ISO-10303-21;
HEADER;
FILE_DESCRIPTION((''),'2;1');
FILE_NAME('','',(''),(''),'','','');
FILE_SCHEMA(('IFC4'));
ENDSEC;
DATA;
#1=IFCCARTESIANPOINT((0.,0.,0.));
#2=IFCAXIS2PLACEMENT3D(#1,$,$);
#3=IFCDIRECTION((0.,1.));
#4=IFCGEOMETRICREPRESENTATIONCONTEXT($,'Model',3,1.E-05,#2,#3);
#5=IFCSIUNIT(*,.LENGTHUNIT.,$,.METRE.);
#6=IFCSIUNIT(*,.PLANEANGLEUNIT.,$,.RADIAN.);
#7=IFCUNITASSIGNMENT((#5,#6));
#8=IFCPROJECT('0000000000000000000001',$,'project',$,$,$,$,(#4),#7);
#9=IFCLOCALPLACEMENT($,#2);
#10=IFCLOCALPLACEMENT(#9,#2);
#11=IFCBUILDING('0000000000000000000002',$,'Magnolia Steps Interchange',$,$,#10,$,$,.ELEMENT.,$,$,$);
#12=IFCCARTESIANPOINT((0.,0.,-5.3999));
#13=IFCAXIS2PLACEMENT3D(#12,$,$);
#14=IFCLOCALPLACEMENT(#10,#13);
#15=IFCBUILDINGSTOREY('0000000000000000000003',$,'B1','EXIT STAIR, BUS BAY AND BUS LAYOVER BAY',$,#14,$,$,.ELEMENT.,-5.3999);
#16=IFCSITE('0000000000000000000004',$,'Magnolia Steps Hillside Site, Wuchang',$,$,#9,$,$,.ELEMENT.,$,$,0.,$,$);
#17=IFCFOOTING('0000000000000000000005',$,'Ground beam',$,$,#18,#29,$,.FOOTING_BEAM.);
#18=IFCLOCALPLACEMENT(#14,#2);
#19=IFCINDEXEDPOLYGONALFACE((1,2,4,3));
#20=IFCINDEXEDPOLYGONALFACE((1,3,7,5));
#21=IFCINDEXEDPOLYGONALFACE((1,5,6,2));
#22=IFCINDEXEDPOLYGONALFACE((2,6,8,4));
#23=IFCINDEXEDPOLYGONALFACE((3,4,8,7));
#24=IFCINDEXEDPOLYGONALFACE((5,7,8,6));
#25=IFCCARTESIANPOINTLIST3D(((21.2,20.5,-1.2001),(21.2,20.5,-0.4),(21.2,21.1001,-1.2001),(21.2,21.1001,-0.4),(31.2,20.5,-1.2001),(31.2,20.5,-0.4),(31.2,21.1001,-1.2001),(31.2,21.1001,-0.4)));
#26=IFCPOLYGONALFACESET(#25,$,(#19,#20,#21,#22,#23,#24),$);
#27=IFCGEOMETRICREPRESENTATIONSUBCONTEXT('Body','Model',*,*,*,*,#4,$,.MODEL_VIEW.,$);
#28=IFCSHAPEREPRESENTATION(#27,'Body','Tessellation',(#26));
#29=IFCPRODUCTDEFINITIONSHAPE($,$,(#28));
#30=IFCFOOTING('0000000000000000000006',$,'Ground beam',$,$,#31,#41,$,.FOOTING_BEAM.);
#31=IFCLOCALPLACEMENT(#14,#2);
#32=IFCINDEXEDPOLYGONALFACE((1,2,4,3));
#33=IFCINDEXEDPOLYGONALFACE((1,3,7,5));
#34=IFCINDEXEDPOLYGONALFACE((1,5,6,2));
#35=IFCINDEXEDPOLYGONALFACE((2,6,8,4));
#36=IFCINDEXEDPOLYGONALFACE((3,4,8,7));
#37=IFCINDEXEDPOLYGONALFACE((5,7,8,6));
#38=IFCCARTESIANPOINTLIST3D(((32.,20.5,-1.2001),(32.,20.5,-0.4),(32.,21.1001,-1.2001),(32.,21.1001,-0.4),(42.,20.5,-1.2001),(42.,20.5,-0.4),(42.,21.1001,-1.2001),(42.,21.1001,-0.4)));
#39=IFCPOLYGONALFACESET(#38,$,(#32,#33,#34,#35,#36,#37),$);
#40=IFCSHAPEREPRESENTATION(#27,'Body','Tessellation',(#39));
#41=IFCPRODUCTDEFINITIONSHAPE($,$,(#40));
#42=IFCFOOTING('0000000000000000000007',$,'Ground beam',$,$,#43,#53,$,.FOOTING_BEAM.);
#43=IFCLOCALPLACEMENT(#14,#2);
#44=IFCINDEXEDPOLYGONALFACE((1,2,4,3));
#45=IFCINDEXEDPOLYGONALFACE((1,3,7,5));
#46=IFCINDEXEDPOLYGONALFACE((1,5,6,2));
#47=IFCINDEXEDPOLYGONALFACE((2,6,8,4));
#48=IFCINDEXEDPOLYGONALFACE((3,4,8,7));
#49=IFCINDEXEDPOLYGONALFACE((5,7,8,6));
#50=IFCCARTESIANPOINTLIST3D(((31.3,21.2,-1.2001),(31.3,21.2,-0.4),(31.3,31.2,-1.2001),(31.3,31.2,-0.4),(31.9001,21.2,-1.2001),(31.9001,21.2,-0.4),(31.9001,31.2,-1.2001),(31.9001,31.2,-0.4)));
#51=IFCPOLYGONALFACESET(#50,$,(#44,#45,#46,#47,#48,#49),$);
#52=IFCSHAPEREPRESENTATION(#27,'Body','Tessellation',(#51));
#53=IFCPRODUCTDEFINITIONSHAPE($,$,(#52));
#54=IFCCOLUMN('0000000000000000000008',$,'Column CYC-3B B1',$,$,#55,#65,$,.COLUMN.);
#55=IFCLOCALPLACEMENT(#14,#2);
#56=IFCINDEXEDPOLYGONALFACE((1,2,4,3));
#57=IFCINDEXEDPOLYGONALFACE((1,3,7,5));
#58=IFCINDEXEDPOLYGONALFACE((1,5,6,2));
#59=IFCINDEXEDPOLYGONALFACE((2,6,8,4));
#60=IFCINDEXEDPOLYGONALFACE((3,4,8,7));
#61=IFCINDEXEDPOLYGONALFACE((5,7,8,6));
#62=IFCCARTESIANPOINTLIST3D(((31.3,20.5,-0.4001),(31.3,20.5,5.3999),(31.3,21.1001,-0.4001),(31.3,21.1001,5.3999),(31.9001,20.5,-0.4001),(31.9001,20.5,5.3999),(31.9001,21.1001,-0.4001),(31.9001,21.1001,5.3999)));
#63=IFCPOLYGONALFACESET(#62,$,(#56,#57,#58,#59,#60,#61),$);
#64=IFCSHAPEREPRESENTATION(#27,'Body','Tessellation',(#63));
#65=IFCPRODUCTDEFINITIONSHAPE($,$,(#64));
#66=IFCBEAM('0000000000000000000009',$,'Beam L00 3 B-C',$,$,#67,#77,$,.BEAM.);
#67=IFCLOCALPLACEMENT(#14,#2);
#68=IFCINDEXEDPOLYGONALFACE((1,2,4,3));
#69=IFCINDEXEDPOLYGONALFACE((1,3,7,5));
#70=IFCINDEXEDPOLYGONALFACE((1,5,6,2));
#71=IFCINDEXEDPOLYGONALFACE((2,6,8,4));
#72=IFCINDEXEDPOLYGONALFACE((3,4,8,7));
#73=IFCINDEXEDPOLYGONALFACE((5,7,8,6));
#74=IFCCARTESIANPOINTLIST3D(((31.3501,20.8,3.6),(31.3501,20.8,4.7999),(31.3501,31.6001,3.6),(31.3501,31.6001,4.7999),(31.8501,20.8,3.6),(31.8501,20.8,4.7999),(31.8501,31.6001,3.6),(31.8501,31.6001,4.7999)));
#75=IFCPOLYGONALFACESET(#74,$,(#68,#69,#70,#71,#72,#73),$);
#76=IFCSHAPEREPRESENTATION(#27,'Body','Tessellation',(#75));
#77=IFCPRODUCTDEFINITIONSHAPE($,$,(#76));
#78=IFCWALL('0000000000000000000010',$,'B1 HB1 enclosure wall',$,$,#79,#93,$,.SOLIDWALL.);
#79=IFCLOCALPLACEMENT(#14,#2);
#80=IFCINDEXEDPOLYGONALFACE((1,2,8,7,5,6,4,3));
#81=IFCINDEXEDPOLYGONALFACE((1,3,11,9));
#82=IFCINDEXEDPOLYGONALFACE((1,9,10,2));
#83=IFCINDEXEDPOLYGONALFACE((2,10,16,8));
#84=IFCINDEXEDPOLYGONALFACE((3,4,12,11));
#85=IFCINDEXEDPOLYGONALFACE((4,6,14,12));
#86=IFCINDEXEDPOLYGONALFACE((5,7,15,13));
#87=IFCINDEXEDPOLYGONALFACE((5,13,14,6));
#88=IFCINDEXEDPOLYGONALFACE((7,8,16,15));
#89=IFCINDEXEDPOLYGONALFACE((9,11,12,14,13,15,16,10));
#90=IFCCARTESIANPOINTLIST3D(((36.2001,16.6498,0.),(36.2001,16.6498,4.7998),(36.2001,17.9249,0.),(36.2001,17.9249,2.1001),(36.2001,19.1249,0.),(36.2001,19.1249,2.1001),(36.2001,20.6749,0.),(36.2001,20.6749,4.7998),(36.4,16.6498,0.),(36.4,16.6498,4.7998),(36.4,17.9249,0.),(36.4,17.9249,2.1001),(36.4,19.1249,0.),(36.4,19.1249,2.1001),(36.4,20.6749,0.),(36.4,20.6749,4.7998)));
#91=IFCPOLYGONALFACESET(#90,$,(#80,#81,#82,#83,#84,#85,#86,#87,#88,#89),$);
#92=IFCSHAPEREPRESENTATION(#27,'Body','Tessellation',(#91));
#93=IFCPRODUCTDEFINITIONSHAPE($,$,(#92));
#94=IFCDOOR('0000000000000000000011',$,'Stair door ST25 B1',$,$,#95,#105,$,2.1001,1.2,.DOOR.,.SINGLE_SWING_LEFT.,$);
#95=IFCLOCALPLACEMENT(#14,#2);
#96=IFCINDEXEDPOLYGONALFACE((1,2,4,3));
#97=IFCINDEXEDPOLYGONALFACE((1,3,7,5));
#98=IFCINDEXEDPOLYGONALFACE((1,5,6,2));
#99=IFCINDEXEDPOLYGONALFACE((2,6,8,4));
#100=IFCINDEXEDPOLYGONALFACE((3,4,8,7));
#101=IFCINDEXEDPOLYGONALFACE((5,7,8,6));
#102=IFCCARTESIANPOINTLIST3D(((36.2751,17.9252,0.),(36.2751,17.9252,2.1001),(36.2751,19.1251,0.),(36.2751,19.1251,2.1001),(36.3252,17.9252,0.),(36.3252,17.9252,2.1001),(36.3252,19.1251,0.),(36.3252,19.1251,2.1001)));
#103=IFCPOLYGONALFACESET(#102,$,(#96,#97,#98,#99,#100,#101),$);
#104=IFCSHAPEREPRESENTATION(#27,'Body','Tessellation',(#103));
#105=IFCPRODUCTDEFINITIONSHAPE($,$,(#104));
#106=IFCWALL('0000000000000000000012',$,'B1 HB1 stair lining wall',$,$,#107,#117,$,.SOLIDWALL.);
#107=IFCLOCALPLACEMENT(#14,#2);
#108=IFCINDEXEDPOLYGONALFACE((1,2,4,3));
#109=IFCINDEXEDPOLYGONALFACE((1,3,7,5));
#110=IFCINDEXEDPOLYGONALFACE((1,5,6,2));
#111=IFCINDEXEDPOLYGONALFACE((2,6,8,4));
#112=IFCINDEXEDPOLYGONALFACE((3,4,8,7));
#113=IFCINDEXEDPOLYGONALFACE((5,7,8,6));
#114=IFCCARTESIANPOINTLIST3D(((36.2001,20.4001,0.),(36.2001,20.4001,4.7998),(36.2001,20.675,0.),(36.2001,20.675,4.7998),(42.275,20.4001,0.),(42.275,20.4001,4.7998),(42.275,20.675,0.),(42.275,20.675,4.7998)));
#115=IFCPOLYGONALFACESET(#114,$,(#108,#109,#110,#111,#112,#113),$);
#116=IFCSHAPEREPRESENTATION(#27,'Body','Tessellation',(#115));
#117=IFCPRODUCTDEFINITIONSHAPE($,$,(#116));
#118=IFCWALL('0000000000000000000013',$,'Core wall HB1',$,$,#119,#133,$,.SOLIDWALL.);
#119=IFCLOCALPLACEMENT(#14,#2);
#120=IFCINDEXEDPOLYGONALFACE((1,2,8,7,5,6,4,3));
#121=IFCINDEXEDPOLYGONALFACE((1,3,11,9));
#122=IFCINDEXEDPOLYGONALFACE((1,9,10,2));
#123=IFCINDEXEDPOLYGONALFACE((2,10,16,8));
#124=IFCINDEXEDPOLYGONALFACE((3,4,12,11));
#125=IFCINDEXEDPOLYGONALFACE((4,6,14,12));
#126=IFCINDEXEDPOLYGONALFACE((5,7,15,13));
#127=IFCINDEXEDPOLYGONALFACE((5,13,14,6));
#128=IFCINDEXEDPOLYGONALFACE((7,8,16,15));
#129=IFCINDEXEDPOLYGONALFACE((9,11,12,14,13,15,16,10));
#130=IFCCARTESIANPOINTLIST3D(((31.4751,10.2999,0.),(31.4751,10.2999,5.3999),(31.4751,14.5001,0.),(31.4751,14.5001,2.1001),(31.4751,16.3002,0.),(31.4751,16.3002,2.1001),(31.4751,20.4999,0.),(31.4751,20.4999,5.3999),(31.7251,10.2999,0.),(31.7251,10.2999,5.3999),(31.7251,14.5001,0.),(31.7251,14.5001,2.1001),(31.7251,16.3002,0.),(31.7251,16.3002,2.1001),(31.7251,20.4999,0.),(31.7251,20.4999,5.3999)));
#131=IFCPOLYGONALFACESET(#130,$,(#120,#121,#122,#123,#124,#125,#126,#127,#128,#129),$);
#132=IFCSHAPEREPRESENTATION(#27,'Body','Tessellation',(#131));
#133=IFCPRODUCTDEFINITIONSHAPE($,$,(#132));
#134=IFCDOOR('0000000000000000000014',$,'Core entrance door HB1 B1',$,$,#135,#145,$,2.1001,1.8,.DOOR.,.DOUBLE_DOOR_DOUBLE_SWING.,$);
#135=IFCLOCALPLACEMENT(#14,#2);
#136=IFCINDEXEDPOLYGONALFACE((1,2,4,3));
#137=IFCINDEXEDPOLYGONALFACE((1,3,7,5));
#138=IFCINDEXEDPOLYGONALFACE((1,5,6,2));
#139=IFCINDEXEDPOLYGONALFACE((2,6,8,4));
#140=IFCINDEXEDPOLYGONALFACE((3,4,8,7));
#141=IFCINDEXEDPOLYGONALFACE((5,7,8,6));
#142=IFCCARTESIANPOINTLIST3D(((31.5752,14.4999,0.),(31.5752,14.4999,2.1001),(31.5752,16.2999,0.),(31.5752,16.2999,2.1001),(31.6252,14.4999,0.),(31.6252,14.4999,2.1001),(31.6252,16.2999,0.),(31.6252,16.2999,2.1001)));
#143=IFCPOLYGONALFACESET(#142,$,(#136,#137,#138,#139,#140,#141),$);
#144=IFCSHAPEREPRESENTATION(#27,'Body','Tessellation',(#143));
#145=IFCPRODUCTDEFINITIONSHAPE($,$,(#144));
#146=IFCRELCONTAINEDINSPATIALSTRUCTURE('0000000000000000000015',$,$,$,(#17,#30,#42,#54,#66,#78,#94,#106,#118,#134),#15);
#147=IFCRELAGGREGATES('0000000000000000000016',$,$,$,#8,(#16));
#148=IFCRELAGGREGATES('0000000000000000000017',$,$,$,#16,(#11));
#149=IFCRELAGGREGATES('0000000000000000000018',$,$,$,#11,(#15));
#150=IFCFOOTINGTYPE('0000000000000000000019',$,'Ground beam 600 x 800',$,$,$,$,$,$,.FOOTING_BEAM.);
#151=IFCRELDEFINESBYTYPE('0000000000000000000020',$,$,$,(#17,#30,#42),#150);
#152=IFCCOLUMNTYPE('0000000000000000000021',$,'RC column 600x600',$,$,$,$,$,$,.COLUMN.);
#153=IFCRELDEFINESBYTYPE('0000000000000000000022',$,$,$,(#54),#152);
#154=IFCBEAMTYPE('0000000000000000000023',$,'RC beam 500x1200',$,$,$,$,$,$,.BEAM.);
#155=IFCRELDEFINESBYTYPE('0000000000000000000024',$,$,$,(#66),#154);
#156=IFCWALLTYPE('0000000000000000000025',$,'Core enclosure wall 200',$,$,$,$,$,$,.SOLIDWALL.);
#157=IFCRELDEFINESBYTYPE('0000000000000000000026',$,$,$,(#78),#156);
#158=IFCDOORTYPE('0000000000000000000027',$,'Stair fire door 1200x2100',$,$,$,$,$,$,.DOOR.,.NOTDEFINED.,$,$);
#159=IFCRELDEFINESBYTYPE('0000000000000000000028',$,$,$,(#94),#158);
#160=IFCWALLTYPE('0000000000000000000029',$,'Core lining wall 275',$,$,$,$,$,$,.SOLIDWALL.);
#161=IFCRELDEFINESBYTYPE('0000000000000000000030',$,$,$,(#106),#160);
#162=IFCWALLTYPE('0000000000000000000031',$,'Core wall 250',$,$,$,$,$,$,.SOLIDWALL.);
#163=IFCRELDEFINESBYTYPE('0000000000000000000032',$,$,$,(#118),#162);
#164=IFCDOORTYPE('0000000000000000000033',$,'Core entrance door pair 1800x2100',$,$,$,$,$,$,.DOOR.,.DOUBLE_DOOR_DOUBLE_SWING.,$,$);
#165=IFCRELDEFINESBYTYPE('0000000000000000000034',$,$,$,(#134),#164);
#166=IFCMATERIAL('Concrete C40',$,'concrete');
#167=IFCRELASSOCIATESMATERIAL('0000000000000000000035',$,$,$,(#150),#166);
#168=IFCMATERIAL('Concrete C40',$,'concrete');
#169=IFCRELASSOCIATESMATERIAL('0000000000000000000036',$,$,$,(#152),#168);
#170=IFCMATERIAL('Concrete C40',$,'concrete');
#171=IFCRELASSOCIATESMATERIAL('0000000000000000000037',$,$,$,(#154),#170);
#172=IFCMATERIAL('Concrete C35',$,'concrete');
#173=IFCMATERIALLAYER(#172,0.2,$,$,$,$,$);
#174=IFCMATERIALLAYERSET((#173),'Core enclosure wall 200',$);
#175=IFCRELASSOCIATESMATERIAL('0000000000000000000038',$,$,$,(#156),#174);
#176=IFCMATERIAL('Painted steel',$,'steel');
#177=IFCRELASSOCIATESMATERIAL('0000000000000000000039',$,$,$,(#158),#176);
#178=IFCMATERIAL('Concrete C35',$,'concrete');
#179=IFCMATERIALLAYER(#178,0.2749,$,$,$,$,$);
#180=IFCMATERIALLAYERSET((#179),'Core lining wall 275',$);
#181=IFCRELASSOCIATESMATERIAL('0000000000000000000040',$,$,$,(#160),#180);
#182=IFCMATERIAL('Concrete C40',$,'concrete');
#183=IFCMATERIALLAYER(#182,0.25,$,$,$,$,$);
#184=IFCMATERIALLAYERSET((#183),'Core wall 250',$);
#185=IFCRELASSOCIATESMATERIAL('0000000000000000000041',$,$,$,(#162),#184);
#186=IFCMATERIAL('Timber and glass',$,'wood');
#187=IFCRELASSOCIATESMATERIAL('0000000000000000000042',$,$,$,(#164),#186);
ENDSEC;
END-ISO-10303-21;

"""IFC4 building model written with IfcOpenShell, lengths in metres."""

from ifc_helpers import new_model, si_unit, direction, frame, frame_2d, origin, origin_2d, place, context, subcontext, project, spatial, rectangle, extrude, material, layer, layer_set, material_profile, profile_set, type_object, element, fill, save


model = new_model("IFC4")

# Units and contexts
model_context = context("Model", 3, precision=1e-05, world=origin(), true_north=direction((0.0, 1.0)))
body_context = subcontext(model_context, "Body", "Model", "MODEL_VIEW")
ifc_project = project(units=[si_unit("LENGTHUNIT", "METRE"), si_unit("PLANEANGLEUNIT", "RADIAN")], contexts=[model_context])

# Site, building, storey
site_placement = place(None, origin())
site = spatial("IfcSite", under=ifc_project, at=site_placement, Name="Magnolia Steps Hillside Site, Wuchang", CompositionType="ELEMENT", RefElevation=0.0)
building_placement = place(site_placement, origin())
building = spatial("IfcBuilding", under=site, at=building_placement, Name="Magnolia Steps Interchange", CompositionType="ELEMENT")
storey_placement = place(building_placement, frame((0.0, 0.0, -5.3999)))
storey = spatial("IfcBuildingStorey", under=building, at=storey_placement, Name="B1", Description="EXIT STAIR, BUS BAY AND BUS LAYOVER BAY", CompositionType="ELEMENT", Elevation=-5.3999)

# Footings
ifc_material_1 = material(Name="Concrete C40", Category="concrete")
ifc_material_profile_1 = material_profile(ifc_material_1, rectangle(XDim=0.6001, YDim=0.8, at=origin_2d()), Name="RC600x800")
ifc_profile_set_1 = profile_set([ifc_material_profile_1], Name="Concrete C40")
footing_type = type_object("IfcFootingType", Name="Ground beam 600 x 800", PredefinedType="FOOTING_BEAM", material=ifc_profile_set_1)
for number, where, z_axis, x_axis, name in (
    (1, (21.2, 20.8, -0.8), (1.0, 0.0, 0.0), (0.0, 1.0, 0.0), "Ground beam"),
    (2, (32.0, 20.8, -0.8), (1.0, 0.0, 0.0), (0.0, 1.0, 0.0), "Ground beam"),
    (3, (31.6001, 21.2, -0.8), (0.0, 1.0, 0.0), (-1.0, 0.0, 0.0), "Ground beam"),
):
    element("IfcFooting", number, at=place(storey_placement, frame(where, z_axis=z_axis, x_axis=x_axis)), inside=storey, type_object=footing_type, Name=name, PredefinedType="FOOTING_BEAM", context=body_context, shape_type="SweptSolid", body=[
        extrude(rectangle(XDim=0.6001, YDim=0.8, at=origin_2d()), origin(), (0.0, 0.0, 1.0), 10.0),
    ])

# Column
ifc_material_2 = material(Name="Concrete C40", Category="concrete")
ifc_material_profile_2 = material_profile(ifc_material_2, rectangle(XDim=0.6001, YDim=0.6001, at=origin_2d()), Name="RC600x600")
ifc_profile_set_2 = profile_set([ifc_material_profile_2], Name="Concrete C40")
column_type = type_object("IfcColumnType", Name="RC column 600x600", PredefinedType="COLUMN", material=ifc_profile_set_2)
column_placement = place(storey_placement, frame((31.6001, 20.8, -0.4001), z_axis=(0.0, 0.0, 1.0), x_axis=(1.0, 0.0, 0.0)))
element("IfcColumn", 4, at=column_placement, inside=storey, type_object=column_type, Name="Column CYC-3B B1", PredefinedType="COLUMN", context=body_context, shape_type="SweptSolid", body=[
    extrude(rectangle(XDim=0.6001, YDim=0.6001, at=origin_2d()), origin(), (0.0, 0.0, 1.0), 5.8),
])

# Beam
ifc_material_3 = material(Name="Concrete C40", Category="concrete")
ifc_material_profile_3 = material_profile(ifc_material_3, rectangle(XDim=0.5, YDim=1.2, at=origin_2d()), Name="RC500x1200")
ifc_profile_set_3 = profile_set([ifc_material_profile_3], Name="Concrete C40")
beam_type = type_object("IfcBeamType", Name="RC beam 500x1200", PredefinedType="BEAM", material=ifc_profile_set_3)
beam_placement = place(storey_placement, frame((31.6001, 20.8, 4.2), z_axis=(0.0, 1.0, 0.0), x_axis=(-1.0, 0.0, 0.0)))
element("IfcBeam", 5, at=beam_placement, inside=storey, type_object=beam_type, Name="Beam L00 3 B-C", PredefinedType="BEAM", context=body_context, shape_type="SweptSolid", body=[
    extrude(rectangle(XDim=0.5, YDim=1.2, at=origin_2d()), origin(), (0.0, 0.0, 1.0), 10.8),
])

# Wall, opening, door
ifc_material_4 = material(Name="Concrete C35", Category="concrete")
ifc_layer_1 = layer(ifc_material_4, 0.2)
ifc_layer_set_1 = layer_set([ifc_layer_1], Name="Core enclosure wall 200")
wall_type_1 = type_object("IfcWallType", Name="Core enclosure wall 200", PredefinedType="SOLIDWALL", material=ifc_layer_set_1)
wall_1_placement = place(storey_placement, frame((36.3, 20.675, 0.0), z_axis=(0.0, 0.0, 1.0), x_axis=(0.0, -1.0, 0.0)))
wall_1 = element("IfcWall", 6, at=wall_1_placement, inside=storey, type_object=wall_type_1, Name="B1 HB1 enclosure wall", PredefinedType="SOLIDWALL", context=body_context, shape_type="SweptSolid", body=[
    extrude(rectangle(XDim=4.0251, YDim=0.2, at=frame_2d((2.0127, 0.0))), origin(), (0.0, 0.0, 1.0), 4.7998),
])
opening_1_placement = place(wall_1_placement, frame((1.55, 0.0, 0.0)))
opening_1 = element("IfcOpeningElement", 7, at=opening_1_placement, cuts=wall_1, PredefinedType="OPENING", context=body_context, shape_type="SweptSolid", body=[
    extrude(rectangle(XDim=1.2, YDim=2.1001, at=frame_2d((0.6001, 1.05))), frame((0.0, 0.1099, 0.0), z_axis=(0.0, -1.0, 0.0), x_axis=(1.0, 0.0, 0.0)), (0.0, 0.0, 1.0), 0.22),
])
ifc_material_5 = material(Name="Painted steel", Category="steel")
door_type_1 = type_object("IfcDoorType", Name="Stair fire door 1200x2100", OperationType="NOTDEFINED", PredefinedType="DOOR", material=ifc_material_5)
door_1_placement = place(opening_1_placement, frame((1.2, 0.0, 0.0), z_axis=(0.0, 0.0, 1.0), x_axis=(-1.0, 0.0, 0.0)))
door_1 = element("IfcDoor", 8, at=door_1_placement, inside=storey, type_object=door_type_1, Name="Stair door ST25 B1", OperationType="SINGLE_SWING_LEFT", OverallHeight=2.1001, OverallWidth=1.2, PredefinedType="DOOR", context=body_context, shape_type="SweptSolid", body=[
    extrude(rectangle(XDim=1.2, YDim=2.1001, at=frame_2d((0.6001, 1.05))), frame((0.0, 0.0249, 0.0), z_axis=(0.0, -1.0, 0.0), x_axis=(1.0, 0.0, 0.0)), (0.0, 0.0, 1.0), 0.05),
])
fill(opening_1, door_1)

# Wall
ifc_material_6 = material(Name="Concrete C35", Category="concrete")
ifc_layer_2 = layer(ifc_material_6, 0.2749)
ifc_layer_set_2 = layer_set([ifc_layer_2], Name="Core lining wall 275")
wall_type_2 = type_object("IfcWallType", Name="Core lining wall 275", PredefinedType="SOLIDWALL", material=ifc_layer_set_2)
wall_2_placement = place(storey_placement, frame((36.2, 20.5376, 0.0), z_axis=(0.0, 0.0, 1.0), x_axis=(1.0, 0.0, 0.0)))
element("IfcWall", 9, at=wall_2_placement, inside=storey, type_object=wall_type_2, Name="B1 HB1 stair lining wall", PredefinedType="SOLIDWALL", context=body_context, shape_type="SweptSolid", body=[
    extrude(rectangle(XDim=6.075, YDim=0.2749, at=frame_2d((3.0376, 0.0))), origin(), (0.0, 0.0, 1.0), 4.7998),
])

# Wall, opening, door
ifc_material_7 = material(Name="Concrete C40", Category="concrete")
ifc_layer_3 = layer(ifc_material_7, 0.25)
ifc_layer_set_3 = layer_set([ifc_layer_3], Name="Core wall 250")
wall_type_3 = type_object("IfcWallType", Name="Core wall 250", PredefinedType="SOLIDWALL", material=ifc_layer_set_3)
wall_3_placement = place(storey_placement, frame((31.6001, 20.5, 0.0), z_axis=(0.0, 0.0, 1.0), x_axis=(0.0, -1.0, 0.0)))
wall_3 = element("IfcWall", 10, at=wall_3_placement, inside=storey, type_object=wall_type_3, Name="Core wall HB1", PredefinedType="SOLIDWALL", context=body_context, shape_type="SweptSolid", body=[
    extrude(rectangle(XDim=10.2, YDim=0.25, at=frame_2d((5.1001, 0.0))), origin(), (0.0, 0.0, 1.0), 5.3999),
])
opening_2_placement = place(wall_3_placement, frame((4.2, 0.0, 0.0)))
opening_2 = element("IfcOpeningElement", 11, at=opening_2_placement, cuts=wall_3, PredefinedType="OPENING", context=body_context, shape_type="SweptSolid", body=[
    extrude(rectangle(XDim=1.8, YDim=2.1001, at=frame_2d((0.8999, 1.05))), frame((0.0, 0.135, 0.0), z_axis=(0.0, -1.0, 0.0), x_axis=(1.0, 0.0, 0.0)), (0.0, 0.0, 1.0), 0.27),
])
ifc_material_8 = material(Name="Timber and glass", Category="wood")
door_type_2 = type_object("IfcDoorType", Name="Core entrance door pair 1800x2100", OperationType="DOUBLE_DOOR_DOUBLE_SWING", PredefinedType="DOOR", material=ifc_material_8)
door_2_placement = place(opening_2_placement, frame((1.8, 0.0, 0.0), z_axis=(0.0, 0.0, 1.0), x_axis=(-1.0, 0.0, 0.0)))
door_2 = element("IfcDoor", 12, at=door_2_placement, inside=storey, type_object=door_type_2, Name="Core entrance door HB1 B1", OperationType="DOUBLE_DOOR_DOUBLE_SWING", OverallHeight=2.1001, OverallWidth=1.8, PredefinedType="DOOR", context=body_context, shape_type="SweptSolid", body=[
    extrude(rectangle(XDim=1.8, YDim=2.1001, at=frame_2d((0.8999, 1.05))), frame((0.0, 0.0249, 0.0), z_axis=(0.0, -1.0, 0.0), x_axis=(1.0, 0.0, 0.0)), (0.0, 0.0, 1.0), 0.05),
])
fill(opening_2, door_2)

save(model, "model.ifc")
